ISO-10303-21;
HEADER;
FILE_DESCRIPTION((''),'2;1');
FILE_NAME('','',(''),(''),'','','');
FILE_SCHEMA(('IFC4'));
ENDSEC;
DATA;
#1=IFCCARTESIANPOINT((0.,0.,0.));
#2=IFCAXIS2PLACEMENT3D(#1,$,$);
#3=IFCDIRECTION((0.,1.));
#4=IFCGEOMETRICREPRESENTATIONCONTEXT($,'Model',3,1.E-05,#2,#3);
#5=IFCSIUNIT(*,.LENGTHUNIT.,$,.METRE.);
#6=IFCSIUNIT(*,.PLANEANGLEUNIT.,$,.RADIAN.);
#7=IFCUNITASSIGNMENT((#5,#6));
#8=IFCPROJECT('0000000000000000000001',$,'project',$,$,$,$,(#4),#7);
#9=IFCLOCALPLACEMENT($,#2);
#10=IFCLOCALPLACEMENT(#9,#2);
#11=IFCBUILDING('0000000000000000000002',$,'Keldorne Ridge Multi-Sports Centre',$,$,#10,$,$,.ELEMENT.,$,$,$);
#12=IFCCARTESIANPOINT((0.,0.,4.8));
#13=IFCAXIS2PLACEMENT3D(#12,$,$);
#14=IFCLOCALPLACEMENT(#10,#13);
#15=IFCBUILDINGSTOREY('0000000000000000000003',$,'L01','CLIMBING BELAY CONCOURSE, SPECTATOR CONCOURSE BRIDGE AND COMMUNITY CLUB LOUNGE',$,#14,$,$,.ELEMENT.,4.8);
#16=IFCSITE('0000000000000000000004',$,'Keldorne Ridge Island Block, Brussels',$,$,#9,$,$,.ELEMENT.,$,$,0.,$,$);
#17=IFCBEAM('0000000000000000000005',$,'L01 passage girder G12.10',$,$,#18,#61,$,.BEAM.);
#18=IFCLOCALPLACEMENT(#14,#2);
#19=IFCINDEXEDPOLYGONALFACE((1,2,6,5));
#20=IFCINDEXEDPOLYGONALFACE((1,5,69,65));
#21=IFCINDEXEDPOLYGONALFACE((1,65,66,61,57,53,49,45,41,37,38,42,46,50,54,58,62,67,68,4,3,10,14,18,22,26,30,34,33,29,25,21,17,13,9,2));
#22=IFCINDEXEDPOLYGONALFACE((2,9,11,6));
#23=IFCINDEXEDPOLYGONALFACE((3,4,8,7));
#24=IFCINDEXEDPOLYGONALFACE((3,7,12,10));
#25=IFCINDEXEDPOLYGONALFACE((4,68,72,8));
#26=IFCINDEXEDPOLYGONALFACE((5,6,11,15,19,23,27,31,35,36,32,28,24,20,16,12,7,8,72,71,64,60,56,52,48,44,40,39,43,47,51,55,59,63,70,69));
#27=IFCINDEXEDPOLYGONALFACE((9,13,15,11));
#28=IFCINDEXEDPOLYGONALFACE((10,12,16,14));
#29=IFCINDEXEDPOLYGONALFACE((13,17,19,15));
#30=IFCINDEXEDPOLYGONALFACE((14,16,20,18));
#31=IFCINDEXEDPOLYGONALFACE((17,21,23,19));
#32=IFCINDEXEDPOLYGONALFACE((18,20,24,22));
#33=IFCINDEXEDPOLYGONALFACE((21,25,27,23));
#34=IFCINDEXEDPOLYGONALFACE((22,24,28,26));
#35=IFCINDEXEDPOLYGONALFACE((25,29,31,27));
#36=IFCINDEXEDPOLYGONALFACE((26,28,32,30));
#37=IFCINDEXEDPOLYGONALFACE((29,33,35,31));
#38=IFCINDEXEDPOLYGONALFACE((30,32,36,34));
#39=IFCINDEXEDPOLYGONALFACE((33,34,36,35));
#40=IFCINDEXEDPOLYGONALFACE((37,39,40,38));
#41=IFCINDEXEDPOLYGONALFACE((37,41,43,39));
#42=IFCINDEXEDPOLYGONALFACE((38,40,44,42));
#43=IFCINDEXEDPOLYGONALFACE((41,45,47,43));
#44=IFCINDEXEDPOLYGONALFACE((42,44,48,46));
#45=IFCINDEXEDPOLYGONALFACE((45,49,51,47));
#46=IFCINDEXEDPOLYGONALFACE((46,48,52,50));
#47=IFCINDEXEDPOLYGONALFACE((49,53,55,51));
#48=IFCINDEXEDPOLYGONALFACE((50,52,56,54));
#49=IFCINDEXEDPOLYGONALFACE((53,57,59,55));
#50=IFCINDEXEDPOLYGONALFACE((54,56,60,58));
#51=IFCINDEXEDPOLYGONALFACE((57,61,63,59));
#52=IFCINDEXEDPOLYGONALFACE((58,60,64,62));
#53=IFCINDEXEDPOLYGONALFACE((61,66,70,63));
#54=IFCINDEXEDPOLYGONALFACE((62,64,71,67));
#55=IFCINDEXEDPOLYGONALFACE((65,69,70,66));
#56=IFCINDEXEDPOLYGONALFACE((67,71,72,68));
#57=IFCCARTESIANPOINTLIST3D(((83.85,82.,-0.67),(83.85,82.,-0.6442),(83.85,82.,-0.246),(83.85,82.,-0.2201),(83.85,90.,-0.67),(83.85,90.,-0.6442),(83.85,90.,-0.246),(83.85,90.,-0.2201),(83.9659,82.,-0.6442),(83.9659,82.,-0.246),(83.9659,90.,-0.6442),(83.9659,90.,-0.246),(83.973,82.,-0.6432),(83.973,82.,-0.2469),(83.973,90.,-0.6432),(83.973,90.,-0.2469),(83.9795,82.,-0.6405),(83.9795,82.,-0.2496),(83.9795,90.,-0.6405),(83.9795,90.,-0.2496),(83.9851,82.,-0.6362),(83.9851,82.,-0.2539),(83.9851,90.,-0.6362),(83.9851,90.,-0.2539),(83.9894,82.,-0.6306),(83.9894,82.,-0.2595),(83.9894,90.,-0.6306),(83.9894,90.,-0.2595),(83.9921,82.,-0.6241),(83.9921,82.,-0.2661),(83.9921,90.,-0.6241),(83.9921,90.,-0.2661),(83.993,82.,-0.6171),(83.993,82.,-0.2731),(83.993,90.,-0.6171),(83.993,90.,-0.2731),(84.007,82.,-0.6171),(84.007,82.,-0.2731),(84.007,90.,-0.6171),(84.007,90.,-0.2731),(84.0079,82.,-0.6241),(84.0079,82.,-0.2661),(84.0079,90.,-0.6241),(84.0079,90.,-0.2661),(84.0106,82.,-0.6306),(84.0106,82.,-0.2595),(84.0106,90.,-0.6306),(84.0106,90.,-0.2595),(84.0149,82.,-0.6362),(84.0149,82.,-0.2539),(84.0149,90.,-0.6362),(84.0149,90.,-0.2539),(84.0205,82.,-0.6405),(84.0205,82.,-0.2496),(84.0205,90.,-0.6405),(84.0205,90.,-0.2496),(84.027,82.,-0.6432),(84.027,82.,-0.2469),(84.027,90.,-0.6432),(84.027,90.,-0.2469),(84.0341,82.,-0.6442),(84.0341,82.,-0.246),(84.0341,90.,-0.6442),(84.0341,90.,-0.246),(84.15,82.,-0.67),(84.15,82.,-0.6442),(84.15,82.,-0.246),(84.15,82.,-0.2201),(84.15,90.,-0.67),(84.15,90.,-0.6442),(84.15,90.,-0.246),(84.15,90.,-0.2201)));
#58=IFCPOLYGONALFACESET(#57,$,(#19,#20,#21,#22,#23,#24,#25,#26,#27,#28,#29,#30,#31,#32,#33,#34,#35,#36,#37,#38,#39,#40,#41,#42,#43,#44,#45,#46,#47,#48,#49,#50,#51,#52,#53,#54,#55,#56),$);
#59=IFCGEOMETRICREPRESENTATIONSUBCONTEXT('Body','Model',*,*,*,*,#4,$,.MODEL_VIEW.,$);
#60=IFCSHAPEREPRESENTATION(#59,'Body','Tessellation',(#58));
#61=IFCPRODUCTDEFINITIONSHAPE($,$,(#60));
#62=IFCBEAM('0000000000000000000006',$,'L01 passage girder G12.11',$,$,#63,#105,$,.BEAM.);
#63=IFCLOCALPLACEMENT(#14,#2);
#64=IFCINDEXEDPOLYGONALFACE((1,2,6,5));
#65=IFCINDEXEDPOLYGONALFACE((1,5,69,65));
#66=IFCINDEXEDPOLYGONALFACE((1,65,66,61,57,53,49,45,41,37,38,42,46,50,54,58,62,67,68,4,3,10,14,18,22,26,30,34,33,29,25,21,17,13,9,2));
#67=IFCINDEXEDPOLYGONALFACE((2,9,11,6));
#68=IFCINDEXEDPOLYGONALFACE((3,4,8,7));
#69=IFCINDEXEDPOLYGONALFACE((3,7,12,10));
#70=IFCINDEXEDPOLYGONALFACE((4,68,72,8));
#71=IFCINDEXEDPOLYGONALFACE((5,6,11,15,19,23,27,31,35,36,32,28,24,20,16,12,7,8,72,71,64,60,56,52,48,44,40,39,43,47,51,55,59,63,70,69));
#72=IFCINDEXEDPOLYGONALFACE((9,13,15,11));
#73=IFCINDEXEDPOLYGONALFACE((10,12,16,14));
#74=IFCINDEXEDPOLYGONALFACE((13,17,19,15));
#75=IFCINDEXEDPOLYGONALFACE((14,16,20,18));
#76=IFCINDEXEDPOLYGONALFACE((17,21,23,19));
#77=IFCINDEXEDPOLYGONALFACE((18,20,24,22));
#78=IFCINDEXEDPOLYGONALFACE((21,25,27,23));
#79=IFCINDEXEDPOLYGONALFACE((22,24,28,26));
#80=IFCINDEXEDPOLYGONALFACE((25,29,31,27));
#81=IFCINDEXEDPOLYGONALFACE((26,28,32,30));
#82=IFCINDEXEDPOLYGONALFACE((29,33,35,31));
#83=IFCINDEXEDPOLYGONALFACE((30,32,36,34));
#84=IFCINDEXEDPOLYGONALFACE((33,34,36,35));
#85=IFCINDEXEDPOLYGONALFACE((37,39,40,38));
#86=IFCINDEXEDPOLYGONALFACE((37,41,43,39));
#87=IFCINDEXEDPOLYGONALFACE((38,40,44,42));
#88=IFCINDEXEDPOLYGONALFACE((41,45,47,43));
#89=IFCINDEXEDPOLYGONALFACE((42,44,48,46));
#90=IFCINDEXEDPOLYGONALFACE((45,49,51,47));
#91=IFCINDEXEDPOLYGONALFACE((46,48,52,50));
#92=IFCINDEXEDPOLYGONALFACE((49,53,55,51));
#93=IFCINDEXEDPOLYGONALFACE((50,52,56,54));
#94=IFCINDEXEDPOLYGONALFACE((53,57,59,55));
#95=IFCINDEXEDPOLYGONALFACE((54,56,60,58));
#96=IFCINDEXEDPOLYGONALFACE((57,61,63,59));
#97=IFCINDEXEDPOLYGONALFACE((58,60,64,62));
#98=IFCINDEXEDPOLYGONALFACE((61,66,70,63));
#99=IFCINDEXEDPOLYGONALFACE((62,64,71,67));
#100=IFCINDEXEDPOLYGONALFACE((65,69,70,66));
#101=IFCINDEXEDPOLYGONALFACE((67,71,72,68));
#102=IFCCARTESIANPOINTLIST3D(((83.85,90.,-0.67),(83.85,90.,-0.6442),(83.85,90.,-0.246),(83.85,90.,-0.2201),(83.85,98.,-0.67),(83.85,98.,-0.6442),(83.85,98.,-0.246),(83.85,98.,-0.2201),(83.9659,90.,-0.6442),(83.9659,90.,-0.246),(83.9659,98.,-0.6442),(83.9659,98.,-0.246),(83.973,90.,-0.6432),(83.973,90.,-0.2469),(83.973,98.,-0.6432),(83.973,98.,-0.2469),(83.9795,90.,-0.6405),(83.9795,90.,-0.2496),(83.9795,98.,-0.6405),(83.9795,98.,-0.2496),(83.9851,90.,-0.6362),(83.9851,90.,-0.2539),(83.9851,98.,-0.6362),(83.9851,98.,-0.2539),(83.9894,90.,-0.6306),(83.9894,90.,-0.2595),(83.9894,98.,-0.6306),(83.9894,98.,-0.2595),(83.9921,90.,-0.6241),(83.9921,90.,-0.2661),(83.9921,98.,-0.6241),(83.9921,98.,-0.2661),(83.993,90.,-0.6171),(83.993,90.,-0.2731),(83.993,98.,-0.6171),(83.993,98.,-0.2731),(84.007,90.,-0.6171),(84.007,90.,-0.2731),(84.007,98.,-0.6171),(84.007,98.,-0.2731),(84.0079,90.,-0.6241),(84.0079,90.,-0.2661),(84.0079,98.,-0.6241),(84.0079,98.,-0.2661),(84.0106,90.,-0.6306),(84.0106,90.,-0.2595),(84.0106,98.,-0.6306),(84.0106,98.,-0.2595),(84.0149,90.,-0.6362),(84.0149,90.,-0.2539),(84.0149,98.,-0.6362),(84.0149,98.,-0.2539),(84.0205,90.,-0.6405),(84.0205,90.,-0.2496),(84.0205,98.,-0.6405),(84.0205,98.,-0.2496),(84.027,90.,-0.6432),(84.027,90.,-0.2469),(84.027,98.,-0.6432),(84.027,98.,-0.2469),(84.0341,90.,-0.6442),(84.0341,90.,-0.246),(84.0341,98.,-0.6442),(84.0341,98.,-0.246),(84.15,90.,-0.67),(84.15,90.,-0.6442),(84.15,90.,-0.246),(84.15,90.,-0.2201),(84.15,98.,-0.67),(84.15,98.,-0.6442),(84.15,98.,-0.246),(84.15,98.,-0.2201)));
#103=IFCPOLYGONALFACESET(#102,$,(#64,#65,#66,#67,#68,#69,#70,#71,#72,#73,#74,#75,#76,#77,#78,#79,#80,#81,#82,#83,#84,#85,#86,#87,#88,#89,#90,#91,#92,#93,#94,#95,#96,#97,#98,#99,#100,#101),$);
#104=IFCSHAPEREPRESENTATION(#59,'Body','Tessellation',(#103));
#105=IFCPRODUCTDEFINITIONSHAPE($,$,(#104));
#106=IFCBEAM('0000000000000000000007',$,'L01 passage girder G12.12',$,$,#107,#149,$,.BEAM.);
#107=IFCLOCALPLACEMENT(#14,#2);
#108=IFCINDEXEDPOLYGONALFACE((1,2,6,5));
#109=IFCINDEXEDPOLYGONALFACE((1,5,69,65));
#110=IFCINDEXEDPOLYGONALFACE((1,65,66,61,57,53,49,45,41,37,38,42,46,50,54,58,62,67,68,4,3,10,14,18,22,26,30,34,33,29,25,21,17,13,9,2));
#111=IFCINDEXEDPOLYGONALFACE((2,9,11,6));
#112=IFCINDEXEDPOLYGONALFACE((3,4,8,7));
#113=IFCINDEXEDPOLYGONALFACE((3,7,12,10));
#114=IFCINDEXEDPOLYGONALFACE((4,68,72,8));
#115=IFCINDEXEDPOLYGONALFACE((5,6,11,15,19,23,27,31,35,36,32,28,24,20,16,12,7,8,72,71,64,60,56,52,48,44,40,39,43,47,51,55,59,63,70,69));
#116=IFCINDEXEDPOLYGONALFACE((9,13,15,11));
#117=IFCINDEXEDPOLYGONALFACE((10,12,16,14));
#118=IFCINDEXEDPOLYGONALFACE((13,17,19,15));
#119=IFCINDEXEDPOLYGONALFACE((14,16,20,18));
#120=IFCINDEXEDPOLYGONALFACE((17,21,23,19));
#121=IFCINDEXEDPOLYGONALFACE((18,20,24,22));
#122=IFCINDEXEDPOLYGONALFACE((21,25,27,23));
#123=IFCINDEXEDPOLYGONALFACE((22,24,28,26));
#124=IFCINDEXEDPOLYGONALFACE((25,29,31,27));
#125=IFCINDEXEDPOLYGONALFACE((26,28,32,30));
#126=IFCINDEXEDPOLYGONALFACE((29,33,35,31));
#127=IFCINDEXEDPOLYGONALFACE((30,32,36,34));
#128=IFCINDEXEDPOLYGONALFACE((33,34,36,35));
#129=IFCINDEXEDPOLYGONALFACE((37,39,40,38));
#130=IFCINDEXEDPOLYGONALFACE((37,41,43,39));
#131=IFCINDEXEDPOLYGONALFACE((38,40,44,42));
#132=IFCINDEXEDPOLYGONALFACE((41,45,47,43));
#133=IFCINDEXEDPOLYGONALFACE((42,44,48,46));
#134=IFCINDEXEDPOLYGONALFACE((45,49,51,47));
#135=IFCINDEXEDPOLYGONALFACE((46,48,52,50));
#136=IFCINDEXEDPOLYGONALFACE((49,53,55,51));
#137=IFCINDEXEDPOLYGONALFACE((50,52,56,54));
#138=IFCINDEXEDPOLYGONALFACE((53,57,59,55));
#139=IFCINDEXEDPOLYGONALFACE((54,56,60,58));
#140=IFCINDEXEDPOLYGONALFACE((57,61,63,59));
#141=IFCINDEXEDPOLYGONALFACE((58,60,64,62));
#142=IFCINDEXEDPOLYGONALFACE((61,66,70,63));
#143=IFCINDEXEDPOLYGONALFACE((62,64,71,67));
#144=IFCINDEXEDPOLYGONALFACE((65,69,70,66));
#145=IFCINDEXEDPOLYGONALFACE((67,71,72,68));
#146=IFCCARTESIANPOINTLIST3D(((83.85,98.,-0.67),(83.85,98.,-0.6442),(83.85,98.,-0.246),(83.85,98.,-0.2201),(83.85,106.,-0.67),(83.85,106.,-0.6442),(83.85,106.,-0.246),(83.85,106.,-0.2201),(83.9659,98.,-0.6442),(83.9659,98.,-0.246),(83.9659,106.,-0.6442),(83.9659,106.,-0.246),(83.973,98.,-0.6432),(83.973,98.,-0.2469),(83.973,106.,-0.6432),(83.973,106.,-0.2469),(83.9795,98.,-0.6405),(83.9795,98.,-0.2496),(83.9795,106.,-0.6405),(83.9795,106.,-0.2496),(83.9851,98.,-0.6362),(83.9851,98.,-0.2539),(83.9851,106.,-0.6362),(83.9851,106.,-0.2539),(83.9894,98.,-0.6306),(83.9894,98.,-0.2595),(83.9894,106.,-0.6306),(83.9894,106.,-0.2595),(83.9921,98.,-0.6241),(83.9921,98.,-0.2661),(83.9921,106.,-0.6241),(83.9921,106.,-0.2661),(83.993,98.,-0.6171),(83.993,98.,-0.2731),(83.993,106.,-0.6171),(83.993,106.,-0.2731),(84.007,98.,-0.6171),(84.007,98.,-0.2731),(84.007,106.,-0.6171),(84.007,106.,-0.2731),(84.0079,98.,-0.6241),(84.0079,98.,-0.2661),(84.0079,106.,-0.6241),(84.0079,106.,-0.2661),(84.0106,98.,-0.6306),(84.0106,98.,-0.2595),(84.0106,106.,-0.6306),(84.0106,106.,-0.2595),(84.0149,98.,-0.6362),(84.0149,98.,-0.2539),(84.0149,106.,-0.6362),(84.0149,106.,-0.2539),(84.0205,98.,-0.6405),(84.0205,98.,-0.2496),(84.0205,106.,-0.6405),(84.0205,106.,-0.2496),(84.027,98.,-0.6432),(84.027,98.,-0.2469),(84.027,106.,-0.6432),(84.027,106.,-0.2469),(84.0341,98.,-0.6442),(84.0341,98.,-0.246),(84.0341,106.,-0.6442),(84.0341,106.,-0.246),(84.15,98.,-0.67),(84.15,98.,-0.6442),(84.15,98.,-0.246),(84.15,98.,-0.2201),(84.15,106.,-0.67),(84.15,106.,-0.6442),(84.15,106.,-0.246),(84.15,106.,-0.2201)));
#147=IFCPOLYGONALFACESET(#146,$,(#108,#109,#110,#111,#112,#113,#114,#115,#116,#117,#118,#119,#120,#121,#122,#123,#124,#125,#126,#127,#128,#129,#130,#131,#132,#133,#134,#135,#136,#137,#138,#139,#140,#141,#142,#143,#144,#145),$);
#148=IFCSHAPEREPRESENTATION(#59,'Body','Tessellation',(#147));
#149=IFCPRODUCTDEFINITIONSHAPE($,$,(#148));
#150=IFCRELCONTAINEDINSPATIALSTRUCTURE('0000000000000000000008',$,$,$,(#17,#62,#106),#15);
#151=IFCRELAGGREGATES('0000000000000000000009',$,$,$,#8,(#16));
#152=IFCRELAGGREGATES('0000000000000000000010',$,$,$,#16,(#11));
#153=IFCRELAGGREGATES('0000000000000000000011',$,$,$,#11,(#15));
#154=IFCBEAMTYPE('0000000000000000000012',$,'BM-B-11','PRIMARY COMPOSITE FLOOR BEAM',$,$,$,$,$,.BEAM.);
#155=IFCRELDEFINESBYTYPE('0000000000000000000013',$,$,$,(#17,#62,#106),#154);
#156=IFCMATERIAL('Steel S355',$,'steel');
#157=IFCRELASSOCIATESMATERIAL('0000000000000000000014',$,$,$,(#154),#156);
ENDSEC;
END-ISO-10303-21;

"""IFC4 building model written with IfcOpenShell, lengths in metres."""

from ifc_helpers import new_model, si_unit, direction, frame, origin, origin_2d, place, context, subcontext, project, spatial, i_section, extrude, material, material_profile, profile_set, type_object, element, save


model = new_model("IFC4")

# Units and contexts
model_context = context("Model", 3, precision=1e-05, world=origin(), true_north=direction((0.0, 1.0)))
body_context = subcontext(model_context, "Body", "Model", "MODEL_VIEW")
ifc_project = project(units=[si_unit("LENGTHUNIT", "METRE"), si_unit("PLANEANGLEUNIT", "RADIAN")], contexts=[model_context])

# Site, building, storey
site_placement = place(None, origin())
site = spatial("IfcSite", under=ifc_project, at=site_placement, Name="Keldorne Ridge Island Block, Brussels", CompositionType="ELEMENT", RefElevation=0.0)
building_placement = place(site_placement, origin())
building = spatial("IfcBuilding", under=site, at=building_placement, Name="Keldorne Ridge Multi-Sports Centre", CompositionType="ELEMENT")
storey_placement = place(building_placement, frame((0.0, 0.0, 4.8)))
storey = spatial("IfcBuildingStorey", under=building, at=storey_placement, Name="L01", Description="CLIMBING BELAY CONCOURSE, SPECTATOR CONCOURSE BRIDGE AND COMMUNITY CLUB LOUNGE", CompositionType="ELEMENT", Elevation=4.8)

# Shared definitions
ifc_material_1 = material(Name="Steel S355", Category="steel")

# Beams
ifc_material_profile_1 = material_profile(ifc_material_1, i_section(OverallWidth=0.3, OverallDepth=0.45, WebThickness=0.0139, FlangeThickness=0.0259, FilletRadius=0.0271, at=origin_2d()), Name="HEB 450")
ifc_profile_set_1 = profile_set([ifc_material_profile_1], Name="Steel S355")
beam_type = type_object("IfcBeamType", Name="BM-B-11", Description="PRIMARY COMPOSITE FLOOR BEAM", PredefinedType="BEAM", material=ifc_profile_set_1)
for number, where, z_axis, x_axis, name in (
    (1, (84.0, 82.0, -0.4451), (0.0, 1.0, 0.0), (-1.0, 0.0, 0.0), "L01 passage girder G12.10"),
    (2, (84.0, 90.0, -0.4451), (0.0, 1.0, 0.0), (-1.0, 0.0, 0.0), "L01 passage girder G12.11"),
    (3, (84.0, 98.0, -0.4451), (0.0, 1.0, 0.0), (-1.0, 0.0, 0.0), "L01 passage girder G12.12"),
):
    element("IfcBeam", number, at=place(storey_placement, frame(where, z_axis=z_axis, x_axis=x_axis)), inside=storey, type_object=beam_type, Name=name, PredefinedType="BEAM", context=body_context, shape_type="SweptSolid", body=[
        extrude(i_section(OverallWidth=0.3, OverallDepth=0.45, WebThickness=0.0139, FlangeThickness=0.0259, FilletRadius=0.0271, at=origin_2d()), origin(), (0.0, 0.0, 1.0), 8.0),
    ])

save(model, "model.ifc")
